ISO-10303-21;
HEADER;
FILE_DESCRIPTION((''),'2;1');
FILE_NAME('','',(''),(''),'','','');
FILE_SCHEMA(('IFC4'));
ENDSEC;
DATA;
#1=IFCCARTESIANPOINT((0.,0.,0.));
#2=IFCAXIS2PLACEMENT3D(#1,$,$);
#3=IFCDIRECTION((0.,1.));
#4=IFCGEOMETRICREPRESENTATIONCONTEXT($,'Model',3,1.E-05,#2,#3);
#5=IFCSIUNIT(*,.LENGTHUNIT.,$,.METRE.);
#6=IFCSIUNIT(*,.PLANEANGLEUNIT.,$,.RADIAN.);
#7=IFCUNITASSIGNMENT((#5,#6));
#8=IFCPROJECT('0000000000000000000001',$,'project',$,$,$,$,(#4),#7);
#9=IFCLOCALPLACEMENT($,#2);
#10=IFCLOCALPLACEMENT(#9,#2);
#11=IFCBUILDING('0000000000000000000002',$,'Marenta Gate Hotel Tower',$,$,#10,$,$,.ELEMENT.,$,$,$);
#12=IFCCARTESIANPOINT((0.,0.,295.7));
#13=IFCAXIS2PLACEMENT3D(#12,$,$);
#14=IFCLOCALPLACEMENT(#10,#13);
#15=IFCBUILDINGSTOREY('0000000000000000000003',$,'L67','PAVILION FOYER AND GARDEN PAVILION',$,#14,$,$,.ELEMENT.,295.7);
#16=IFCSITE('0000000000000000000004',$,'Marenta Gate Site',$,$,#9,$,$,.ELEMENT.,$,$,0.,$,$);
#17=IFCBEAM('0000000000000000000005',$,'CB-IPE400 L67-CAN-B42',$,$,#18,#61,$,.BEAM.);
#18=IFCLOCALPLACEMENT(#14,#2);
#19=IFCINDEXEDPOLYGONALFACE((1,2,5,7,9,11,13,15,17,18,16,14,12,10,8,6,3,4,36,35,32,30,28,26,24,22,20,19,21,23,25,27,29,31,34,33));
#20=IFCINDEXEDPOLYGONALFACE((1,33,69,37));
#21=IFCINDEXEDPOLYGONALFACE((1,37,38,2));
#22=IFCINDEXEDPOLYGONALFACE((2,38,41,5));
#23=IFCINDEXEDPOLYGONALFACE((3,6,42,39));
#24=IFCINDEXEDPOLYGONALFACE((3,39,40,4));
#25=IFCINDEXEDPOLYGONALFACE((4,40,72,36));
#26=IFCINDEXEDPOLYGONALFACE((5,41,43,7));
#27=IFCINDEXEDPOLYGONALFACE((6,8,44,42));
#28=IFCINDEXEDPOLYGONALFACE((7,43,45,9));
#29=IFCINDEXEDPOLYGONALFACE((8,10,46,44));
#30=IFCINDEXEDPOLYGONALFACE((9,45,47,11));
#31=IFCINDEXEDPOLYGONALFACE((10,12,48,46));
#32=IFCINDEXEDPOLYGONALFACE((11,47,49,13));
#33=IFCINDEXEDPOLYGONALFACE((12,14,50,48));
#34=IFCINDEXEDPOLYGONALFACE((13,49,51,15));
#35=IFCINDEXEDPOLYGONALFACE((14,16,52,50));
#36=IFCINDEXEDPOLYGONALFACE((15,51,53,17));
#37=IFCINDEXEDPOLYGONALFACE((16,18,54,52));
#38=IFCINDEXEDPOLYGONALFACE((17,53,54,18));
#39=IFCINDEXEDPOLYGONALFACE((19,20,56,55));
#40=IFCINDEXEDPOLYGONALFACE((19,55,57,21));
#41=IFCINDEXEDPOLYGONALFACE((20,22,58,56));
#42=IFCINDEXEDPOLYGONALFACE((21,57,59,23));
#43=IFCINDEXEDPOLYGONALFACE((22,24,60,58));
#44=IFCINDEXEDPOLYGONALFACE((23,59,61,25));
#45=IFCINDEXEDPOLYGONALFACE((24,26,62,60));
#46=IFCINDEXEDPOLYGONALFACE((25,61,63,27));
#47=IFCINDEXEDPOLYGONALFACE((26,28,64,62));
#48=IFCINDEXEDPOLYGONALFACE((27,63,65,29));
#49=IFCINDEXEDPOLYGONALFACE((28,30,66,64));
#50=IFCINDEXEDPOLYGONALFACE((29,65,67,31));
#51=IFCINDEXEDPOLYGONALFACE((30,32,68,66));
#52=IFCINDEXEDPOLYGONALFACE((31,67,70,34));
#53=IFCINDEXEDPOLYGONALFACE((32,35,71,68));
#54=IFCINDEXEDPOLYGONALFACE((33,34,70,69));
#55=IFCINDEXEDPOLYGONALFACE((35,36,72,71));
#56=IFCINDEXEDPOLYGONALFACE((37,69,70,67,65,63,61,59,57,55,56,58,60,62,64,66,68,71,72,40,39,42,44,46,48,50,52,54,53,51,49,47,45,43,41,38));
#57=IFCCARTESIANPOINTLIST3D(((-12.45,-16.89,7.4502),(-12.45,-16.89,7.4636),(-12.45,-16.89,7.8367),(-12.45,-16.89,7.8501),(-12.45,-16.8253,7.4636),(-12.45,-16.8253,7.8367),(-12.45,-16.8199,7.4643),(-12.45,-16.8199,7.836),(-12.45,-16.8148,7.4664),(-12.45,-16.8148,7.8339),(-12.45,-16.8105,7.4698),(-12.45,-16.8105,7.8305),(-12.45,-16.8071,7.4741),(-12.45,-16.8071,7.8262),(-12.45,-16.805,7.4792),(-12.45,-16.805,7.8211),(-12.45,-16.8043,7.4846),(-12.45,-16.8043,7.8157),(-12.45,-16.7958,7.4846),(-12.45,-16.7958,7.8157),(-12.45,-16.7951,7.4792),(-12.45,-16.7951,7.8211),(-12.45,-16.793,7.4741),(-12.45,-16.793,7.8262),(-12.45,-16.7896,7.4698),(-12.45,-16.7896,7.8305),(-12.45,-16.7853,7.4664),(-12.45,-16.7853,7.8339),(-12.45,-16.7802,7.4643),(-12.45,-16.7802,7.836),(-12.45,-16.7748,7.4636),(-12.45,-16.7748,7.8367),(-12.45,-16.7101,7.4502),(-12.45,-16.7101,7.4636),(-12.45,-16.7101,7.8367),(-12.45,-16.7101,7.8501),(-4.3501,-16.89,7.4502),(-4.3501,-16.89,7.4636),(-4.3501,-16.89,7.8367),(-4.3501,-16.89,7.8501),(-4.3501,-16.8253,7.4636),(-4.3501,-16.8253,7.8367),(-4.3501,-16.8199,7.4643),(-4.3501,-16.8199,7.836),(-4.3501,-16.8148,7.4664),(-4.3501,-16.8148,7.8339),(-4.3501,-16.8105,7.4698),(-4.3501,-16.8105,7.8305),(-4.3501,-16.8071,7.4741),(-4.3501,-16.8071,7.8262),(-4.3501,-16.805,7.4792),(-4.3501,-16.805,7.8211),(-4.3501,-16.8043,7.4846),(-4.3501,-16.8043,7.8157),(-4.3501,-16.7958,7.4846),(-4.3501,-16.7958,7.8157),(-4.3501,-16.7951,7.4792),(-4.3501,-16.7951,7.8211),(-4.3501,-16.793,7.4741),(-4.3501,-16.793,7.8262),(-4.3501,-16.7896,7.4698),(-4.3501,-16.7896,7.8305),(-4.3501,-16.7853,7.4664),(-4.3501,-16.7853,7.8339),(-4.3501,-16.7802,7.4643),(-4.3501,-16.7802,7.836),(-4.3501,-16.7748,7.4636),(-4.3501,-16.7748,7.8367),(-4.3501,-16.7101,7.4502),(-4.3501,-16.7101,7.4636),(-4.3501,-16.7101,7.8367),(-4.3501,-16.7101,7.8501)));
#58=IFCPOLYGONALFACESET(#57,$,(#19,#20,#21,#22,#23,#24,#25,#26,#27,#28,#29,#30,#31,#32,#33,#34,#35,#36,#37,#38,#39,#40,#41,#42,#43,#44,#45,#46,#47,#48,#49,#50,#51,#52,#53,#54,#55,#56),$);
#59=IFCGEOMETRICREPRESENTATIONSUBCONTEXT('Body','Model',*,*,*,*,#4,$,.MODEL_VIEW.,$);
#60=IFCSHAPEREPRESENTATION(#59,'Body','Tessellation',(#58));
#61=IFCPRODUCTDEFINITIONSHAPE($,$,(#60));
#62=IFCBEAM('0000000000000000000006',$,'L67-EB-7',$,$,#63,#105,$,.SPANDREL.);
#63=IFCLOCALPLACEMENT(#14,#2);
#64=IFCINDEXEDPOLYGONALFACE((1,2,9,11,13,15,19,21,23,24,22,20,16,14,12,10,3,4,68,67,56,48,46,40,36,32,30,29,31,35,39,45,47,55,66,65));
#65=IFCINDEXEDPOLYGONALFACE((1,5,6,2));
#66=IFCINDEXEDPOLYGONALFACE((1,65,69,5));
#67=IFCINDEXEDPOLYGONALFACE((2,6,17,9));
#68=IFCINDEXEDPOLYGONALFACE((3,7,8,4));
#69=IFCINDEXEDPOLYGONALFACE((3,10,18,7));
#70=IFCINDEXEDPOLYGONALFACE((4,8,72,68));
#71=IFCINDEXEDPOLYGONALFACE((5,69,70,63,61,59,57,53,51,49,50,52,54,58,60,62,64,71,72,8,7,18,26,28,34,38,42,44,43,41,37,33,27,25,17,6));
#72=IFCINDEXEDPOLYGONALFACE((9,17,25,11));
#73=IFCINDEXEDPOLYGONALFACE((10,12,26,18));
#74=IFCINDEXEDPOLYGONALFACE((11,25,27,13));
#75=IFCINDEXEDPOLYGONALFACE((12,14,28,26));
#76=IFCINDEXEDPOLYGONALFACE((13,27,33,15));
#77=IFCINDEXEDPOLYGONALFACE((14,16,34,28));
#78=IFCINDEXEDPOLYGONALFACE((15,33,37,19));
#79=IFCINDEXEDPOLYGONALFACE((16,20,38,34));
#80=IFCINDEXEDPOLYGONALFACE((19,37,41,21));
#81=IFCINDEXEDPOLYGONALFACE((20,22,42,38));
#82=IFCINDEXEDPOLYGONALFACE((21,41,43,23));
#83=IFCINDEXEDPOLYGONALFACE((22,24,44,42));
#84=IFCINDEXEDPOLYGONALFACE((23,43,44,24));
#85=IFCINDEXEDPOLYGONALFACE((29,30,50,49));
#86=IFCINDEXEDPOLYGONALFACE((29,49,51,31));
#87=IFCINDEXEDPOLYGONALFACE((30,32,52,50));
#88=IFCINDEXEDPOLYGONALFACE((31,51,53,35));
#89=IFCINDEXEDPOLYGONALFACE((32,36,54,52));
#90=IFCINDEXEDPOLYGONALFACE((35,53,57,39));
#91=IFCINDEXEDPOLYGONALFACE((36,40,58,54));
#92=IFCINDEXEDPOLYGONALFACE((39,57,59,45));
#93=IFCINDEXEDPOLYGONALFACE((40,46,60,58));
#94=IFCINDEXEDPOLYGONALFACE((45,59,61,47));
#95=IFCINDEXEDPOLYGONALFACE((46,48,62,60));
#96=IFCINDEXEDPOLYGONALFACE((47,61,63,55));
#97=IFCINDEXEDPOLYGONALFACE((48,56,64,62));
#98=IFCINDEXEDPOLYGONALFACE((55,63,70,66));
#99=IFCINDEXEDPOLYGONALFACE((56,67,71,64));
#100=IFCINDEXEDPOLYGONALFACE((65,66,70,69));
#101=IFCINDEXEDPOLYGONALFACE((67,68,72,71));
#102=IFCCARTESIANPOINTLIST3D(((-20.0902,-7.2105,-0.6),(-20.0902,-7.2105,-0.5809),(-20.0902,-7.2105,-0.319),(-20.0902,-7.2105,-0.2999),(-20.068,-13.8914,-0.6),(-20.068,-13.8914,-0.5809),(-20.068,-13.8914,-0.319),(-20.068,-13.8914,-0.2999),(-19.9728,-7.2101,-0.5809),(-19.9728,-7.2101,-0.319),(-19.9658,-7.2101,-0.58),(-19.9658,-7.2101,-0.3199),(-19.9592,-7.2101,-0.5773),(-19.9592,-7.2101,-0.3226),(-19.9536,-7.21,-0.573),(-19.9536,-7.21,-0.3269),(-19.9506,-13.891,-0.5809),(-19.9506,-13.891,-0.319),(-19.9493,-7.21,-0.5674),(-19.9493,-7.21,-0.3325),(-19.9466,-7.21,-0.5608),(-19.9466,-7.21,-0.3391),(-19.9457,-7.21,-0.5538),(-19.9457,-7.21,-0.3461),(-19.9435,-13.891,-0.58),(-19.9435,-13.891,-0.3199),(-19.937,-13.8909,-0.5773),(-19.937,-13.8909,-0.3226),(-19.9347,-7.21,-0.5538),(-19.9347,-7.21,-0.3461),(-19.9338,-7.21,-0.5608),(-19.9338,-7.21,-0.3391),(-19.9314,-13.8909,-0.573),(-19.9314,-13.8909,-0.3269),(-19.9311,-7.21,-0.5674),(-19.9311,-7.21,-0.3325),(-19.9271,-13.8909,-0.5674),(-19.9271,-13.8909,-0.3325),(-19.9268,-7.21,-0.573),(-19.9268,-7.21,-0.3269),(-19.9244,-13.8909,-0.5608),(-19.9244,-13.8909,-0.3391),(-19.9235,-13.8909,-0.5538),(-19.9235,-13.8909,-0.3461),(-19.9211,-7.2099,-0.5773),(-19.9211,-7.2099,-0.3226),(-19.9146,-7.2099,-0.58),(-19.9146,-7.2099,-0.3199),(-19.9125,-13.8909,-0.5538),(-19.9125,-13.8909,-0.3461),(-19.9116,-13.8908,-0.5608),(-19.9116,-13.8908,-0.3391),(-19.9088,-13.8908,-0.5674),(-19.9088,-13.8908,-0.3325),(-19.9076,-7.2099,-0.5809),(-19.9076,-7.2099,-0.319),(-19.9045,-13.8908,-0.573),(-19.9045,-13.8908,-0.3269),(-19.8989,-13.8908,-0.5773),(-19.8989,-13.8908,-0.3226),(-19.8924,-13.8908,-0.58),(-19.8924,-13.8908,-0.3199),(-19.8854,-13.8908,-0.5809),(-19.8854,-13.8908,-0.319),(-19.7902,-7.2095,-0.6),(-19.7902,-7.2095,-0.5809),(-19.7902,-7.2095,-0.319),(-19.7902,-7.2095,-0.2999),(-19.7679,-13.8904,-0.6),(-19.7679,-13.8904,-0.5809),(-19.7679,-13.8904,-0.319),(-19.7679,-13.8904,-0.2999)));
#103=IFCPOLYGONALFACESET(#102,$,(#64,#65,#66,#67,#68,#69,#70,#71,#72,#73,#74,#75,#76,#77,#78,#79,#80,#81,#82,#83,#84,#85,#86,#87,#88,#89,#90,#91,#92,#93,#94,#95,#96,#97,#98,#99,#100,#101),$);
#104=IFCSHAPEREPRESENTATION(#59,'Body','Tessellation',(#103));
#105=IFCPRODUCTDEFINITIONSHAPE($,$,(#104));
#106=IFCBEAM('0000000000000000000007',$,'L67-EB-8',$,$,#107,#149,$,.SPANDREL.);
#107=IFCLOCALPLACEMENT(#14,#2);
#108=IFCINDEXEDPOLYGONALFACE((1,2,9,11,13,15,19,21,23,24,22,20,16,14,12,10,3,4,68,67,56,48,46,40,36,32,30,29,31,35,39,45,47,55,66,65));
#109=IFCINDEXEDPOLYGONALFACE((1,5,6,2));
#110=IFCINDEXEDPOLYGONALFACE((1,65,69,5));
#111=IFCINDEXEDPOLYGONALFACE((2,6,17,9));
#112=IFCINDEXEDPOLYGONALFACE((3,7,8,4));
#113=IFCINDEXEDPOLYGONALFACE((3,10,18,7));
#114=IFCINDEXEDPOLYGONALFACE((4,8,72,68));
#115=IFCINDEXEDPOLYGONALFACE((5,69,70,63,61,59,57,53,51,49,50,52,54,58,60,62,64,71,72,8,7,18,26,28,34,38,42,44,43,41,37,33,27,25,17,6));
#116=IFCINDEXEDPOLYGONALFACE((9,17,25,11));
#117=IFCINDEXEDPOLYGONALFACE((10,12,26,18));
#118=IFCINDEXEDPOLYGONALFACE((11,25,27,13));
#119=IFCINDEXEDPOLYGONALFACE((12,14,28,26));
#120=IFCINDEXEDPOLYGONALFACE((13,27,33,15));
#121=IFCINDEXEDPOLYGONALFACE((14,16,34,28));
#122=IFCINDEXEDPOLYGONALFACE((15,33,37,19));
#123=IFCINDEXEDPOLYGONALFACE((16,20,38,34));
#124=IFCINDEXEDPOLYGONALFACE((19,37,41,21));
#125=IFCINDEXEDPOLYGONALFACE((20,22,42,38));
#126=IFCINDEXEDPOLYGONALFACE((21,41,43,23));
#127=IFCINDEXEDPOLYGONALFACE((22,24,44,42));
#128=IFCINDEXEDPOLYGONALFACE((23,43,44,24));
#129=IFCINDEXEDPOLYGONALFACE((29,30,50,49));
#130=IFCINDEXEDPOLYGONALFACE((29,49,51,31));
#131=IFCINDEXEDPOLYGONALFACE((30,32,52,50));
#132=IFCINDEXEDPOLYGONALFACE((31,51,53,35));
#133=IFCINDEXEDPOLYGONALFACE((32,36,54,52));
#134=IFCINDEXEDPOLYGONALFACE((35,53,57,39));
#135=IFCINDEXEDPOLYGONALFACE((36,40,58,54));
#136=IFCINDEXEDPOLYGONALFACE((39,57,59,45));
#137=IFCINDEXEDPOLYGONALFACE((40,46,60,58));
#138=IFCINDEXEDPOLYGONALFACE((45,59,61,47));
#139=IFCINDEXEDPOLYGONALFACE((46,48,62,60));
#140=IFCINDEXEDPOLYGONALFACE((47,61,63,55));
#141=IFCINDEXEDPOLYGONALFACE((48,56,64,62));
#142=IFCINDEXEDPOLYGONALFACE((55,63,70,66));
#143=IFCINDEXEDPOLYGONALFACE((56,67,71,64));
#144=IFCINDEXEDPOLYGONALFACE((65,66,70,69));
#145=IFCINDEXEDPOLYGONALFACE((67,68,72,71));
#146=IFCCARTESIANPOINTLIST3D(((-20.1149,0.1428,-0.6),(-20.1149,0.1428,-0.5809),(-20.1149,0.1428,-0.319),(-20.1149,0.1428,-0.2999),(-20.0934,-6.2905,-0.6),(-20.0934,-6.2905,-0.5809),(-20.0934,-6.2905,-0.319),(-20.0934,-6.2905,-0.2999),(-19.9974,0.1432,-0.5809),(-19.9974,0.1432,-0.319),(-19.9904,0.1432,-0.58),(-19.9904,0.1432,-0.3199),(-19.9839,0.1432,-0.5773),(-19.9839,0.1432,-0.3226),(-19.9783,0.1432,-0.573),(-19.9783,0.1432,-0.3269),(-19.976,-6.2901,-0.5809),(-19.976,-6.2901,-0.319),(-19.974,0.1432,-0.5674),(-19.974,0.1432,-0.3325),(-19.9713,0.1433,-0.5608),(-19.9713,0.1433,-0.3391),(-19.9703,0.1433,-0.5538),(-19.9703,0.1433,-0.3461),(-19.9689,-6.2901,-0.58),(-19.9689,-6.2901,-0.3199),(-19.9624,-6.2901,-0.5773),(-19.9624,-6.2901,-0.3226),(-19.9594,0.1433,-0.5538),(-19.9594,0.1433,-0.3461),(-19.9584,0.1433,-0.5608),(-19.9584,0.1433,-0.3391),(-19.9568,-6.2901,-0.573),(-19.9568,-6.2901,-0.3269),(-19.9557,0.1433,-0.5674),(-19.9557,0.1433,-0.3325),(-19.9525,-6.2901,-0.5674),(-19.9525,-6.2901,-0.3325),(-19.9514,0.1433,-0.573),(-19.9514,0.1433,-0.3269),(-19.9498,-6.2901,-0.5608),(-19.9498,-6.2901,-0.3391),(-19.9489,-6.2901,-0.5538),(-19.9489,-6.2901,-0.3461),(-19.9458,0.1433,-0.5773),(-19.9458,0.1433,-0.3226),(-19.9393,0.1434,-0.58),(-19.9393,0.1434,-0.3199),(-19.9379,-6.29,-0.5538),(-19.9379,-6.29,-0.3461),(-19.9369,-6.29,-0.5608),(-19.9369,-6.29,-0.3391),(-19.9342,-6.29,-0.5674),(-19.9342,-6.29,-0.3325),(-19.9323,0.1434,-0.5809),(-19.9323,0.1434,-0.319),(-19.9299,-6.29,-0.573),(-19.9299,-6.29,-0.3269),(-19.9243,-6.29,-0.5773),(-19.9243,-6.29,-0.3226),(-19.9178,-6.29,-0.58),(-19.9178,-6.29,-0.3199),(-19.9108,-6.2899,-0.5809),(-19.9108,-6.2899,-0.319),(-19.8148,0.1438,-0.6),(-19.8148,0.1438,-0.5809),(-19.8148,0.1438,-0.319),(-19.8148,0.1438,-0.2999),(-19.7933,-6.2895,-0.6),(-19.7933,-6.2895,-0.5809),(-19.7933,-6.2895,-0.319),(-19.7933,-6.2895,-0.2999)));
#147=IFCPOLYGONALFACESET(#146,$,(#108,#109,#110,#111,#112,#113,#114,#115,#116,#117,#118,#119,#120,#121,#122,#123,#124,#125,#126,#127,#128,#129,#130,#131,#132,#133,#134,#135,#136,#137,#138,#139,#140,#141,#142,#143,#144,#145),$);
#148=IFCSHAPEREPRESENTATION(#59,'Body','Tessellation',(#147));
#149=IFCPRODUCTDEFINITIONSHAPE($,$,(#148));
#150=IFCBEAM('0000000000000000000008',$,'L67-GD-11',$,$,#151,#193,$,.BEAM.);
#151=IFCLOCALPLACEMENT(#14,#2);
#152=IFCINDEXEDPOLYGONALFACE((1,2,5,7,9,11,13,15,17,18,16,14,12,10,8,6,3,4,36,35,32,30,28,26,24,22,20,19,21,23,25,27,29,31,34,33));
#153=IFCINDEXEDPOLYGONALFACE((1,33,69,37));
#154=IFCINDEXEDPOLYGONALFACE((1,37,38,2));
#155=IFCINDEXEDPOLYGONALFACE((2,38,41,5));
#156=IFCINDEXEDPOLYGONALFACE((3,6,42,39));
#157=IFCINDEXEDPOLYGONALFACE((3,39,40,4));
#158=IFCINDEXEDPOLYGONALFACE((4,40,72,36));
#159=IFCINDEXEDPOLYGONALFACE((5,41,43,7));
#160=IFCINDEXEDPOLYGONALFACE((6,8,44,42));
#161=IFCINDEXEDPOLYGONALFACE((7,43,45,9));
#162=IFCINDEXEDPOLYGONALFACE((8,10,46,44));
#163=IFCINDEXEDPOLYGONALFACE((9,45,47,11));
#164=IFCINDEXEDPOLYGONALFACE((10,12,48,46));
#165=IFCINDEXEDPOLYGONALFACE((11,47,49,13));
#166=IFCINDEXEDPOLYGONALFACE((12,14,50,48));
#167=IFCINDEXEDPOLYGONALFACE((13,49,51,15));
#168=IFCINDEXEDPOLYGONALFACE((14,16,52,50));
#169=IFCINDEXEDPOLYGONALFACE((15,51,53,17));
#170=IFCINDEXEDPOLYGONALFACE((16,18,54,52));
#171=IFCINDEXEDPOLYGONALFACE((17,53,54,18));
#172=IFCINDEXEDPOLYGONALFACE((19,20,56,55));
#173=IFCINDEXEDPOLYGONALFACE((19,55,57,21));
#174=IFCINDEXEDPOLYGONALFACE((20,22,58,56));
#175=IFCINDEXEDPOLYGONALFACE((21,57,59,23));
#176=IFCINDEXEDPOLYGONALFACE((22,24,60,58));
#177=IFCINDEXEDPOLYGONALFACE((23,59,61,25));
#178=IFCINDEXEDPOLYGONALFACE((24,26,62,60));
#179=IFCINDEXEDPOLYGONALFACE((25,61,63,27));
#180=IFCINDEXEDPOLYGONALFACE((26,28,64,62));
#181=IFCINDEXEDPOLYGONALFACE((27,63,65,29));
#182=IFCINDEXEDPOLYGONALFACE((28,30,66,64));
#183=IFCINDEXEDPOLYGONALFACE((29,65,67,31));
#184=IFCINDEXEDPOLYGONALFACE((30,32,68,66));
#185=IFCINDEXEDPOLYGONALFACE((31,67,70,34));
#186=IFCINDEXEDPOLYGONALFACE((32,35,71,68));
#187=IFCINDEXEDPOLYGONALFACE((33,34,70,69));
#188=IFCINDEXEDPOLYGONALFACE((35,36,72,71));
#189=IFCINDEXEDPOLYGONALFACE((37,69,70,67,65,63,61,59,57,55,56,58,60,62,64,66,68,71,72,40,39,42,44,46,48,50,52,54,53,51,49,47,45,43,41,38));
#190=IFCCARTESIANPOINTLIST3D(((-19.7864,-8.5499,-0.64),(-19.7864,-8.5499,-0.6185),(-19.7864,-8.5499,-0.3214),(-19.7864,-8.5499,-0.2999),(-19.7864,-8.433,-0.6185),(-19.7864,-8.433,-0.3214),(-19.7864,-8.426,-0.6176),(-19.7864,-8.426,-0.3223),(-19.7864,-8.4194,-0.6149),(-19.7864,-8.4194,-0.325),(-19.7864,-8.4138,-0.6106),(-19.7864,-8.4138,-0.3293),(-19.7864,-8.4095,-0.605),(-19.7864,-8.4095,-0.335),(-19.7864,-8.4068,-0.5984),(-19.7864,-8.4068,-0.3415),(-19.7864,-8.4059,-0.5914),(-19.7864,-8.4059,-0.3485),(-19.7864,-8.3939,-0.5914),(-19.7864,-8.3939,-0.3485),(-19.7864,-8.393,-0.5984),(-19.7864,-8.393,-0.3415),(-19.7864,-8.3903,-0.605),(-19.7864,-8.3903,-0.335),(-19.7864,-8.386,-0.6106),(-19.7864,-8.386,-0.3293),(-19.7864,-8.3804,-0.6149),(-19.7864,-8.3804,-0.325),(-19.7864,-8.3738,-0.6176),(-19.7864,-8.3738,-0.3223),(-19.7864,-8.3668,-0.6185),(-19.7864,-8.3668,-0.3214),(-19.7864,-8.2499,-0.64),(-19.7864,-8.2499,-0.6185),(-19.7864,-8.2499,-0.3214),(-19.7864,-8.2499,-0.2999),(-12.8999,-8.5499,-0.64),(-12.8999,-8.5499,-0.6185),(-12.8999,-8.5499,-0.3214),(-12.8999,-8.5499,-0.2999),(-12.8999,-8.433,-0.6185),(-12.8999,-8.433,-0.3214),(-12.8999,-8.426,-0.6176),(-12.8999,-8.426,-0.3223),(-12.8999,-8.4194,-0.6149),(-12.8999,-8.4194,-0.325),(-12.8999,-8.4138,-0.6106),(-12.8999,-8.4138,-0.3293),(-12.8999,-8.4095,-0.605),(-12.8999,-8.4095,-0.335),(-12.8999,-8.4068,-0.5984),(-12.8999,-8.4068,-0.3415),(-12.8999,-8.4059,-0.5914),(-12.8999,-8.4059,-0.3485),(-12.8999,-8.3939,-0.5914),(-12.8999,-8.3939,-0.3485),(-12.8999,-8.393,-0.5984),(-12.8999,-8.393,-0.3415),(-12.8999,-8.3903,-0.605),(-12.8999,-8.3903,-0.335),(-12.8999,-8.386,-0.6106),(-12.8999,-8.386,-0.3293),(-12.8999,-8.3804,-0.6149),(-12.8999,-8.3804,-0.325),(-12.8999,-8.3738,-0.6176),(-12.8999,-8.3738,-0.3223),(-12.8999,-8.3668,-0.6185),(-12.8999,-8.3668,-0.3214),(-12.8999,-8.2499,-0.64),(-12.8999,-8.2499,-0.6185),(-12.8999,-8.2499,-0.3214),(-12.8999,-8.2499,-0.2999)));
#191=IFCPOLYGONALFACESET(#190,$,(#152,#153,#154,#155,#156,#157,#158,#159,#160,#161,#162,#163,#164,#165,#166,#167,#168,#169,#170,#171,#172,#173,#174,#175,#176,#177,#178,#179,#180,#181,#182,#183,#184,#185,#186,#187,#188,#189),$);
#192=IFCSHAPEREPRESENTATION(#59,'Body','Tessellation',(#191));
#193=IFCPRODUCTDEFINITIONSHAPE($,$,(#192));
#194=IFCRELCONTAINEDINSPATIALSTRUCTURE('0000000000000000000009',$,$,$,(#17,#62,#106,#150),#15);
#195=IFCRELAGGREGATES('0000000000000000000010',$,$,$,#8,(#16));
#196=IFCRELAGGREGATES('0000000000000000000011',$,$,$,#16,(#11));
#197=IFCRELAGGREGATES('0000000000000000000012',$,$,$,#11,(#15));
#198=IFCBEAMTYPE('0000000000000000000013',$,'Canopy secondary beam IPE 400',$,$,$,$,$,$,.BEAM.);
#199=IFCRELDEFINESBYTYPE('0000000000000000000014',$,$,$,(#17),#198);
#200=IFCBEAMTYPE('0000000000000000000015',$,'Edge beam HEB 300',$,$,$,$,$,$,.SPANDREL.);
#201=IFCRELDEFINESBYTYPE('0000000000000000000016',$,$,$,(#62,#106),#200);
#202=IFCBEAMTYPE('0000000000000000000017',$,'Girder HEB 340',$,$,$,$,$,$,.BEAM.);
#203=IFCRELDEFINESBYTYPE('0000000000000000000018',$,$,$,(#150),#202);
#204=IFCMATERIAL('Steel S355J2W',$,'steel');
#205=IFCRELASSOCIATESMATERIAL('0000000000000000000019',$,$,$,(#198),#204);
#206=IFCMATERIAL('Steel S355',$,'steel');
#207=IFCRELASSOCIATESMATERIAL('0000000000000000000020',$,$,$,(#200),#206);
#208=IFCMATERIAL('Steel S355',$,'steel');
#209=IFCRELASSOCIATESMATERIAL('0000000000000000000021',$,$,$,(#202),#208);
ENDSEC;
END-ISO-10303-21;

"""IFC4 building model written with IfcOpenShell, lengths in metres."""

from ifc_helpers import new_model, si_unit, direction, frame, origin, origin_2d, place, context, subcontext, project, spatial, i_section, extrude, material, material_profile, profile_set, type_object, element, save


model = new_model("IFC4")

# Units and contexts
model_context = context("Model", 3, precision=1e-05, world=origin(), true_north=direction((0.0, 1.0)))
body_context = subcontext(model_context, "Body", "Model", "MODEL_VIEW")
ifc_project = project(units=[si_unit("LENGTHUNIT", "METRE"), si_unit("PLANEANGLEUNIT", "RADIAN")], contexts=[model_context])

# Site, building, storey
site_placement = place(None, origin())
site = spatial("IfcSite", under=ifc_project, at=site_placement, Name="Marenta Gate Site", CompositionType="ELEMENT", RefElevation=0.0)
building_placement = place(site_placement, origin())
building = spatial("IfcBuilding", under=site, at=building_placement, Name="Marenta Gate Hotel Tower", CompositionType="ELEMENT")
storey_placement = place(building_placement, frame((0.0, 0.0, 295.7)))
storey = spatial("IfcBuildingStorey", under=building, at=storey_placement, Name="L67", Description="PAVILION FOYER AND GARDEN PAVILION", CompositionType="ELEMENT", Elevation=295.7)

# Beams
ifc_material_1 = material(Name="Steel S355J2W", Category="steel")
ifc_material_profile_1 = material_profile(ifc_material_1, i_section(OverallWidth=0.1799, OverallDepth=0.3999, WebThickness=0.0085, FlangeThickness=0.0134, FilletRadius=0.021, at=origin_2d()), Name="IPE 400")
ifc_profile_set_1 = profile_set([ifc_material_profile_1], Name="Steel S355J2W")
beam_type_1 = type_object("IfcBeamType", Name="Canopy secondary beam IPE 400", PredefinedType="BEAM", material=ifc_profile_set_1)
for number, where, z_axis, x_axis, name in (
    (1, (-12.45, -16.8, 7.6501), (1.0, 0.0, 0.0), (0.0, 1.0, 0.0), "CB-IPE400 L67-CAN-B42"),
):
    element("IfcBeam", number, at=place(storey_placement, frame(where, z_axis=z_axis, x_axis=x_axis)), inside=storey, type_object=beam_type_1, Name=name, PredefinedType="BEAM", context=body_context, shape_type="SweptSolid", body=[
        extrude(i_section(OverallWidth=0.1799, OverallDepth=0.3999, WebThickness=0.0085, FlangeThickness=0.0134, FilletRadius=0.021, at=origin_2d()), origin(), (0.0, 0.0, 1.0), 8.0999),
    ])
ifc_material_2 = material(Name="Steel S355", Category="steel")
ifc_material_profile_2 = material_profile(ifc_material_2, i_section(OverallWidth=0.3, OverallDepth=0.3, WebThickness=0.011, FlangeThickness=0.019, FilletRadius=0.0271, at=origin_2d()), Name="HEB 300")
ifc_profile_set_2 = profile_set([ifc_material_profile_2], Name="Steel S355")
beam_type_2 = type_object("IfcBeamType", Name="Edge beam HEB 300", PredefinedType="SPANDREL", material=ifc_profile_set_2)
beam_1_placement = place(storey_placement, frame((-19.918, -13.8909, -0.45), z_axis=(-0.003325, 0.999994, 0.0), x_axis=(-0.999994, -0.003325, 0.0)))
element("IfcBeam", 2, at=beam_1_placement, inside=storey, type_object=beam_type_2, Name="L67-EB-7", PredefinedType="SPANDREL", context=body_context, shape_type="SweptSolid", body=[
    extrude(i_section(OverallWidth=0.3, OverallDepth=0.3, WebThickness=0.011, FlangeThickness=0.019, FilletRadius=0.0271, at=origin_2d()), origin(), (0.0, 0.0, 1.0), 6.6809),
])
beam_2_placement = place(storey_placement, frame((-19.9434, -6.29, -0.45), z_axis=(-0.00334, 0.999994, 0.0), x_axis=(-0.999994, -0.00334, 0.0)))
element("IfcBeam", 3, at=beam_2_placement, inside=storey, type_object=beam_type_2, Name="L67-EB-8", PredefinedType="SPANDREL", context=body_context, shape_type="SweptSolid", body=[
    extrude(i_section(OverallWidth=0.3, OverallDepth=0.3, WebThickness=0.011, FlangeThickness=0.019, FilletRadius=0.0271, at=origin_2d()), origin(), (0.0, 0.0, 1.0), 6.4333),
])
ifc_material_3 = material(Name="Steel S355", Category="steel")
ifc_material_profile_3 = material_profile(ifc_material_3, i_section(OverallWidth=0.3, OverallDepth=0.3401, WebThickness=0.012, FlangeThickness=0.0215, FilletRadius=0.0271, at=origin_2d()), Name="HEB 340")
ifc_profile_set_3 = profile_set([ifc_material_profile_3], Name="Steel S355")
beam_type_3 = type_object("IfcBeamType", Name="Girder HEB 340", PredefinedType="BEAM", material=ifc_profile_set_3)
beam_3_placement = place(storey_placement, frame((-19.7864, -8.3999, -0.47), z_axis=(1.0, 0.0, 0.0), x_axis=(0.0, 1.0, 0.0)))
element("IfcBeam", 4, at=beam_3_placement, inside=storey, type_object=beam_type_3, Name="L67-GD-11", PredefinedType="BEAM", context=body_context, shape_type="SweptSolid", body=[
    extrude(i_section(OverallWidth=0.3, OverallDepth=0.3401, WebThickness=0.012, FlangeThickness=0.0215, FilletRadius=0.0271, at=origin_2d()), origin(), (0.0, 0.0, 1.0), 6.8865),
])

save(model, "model.ifc")
